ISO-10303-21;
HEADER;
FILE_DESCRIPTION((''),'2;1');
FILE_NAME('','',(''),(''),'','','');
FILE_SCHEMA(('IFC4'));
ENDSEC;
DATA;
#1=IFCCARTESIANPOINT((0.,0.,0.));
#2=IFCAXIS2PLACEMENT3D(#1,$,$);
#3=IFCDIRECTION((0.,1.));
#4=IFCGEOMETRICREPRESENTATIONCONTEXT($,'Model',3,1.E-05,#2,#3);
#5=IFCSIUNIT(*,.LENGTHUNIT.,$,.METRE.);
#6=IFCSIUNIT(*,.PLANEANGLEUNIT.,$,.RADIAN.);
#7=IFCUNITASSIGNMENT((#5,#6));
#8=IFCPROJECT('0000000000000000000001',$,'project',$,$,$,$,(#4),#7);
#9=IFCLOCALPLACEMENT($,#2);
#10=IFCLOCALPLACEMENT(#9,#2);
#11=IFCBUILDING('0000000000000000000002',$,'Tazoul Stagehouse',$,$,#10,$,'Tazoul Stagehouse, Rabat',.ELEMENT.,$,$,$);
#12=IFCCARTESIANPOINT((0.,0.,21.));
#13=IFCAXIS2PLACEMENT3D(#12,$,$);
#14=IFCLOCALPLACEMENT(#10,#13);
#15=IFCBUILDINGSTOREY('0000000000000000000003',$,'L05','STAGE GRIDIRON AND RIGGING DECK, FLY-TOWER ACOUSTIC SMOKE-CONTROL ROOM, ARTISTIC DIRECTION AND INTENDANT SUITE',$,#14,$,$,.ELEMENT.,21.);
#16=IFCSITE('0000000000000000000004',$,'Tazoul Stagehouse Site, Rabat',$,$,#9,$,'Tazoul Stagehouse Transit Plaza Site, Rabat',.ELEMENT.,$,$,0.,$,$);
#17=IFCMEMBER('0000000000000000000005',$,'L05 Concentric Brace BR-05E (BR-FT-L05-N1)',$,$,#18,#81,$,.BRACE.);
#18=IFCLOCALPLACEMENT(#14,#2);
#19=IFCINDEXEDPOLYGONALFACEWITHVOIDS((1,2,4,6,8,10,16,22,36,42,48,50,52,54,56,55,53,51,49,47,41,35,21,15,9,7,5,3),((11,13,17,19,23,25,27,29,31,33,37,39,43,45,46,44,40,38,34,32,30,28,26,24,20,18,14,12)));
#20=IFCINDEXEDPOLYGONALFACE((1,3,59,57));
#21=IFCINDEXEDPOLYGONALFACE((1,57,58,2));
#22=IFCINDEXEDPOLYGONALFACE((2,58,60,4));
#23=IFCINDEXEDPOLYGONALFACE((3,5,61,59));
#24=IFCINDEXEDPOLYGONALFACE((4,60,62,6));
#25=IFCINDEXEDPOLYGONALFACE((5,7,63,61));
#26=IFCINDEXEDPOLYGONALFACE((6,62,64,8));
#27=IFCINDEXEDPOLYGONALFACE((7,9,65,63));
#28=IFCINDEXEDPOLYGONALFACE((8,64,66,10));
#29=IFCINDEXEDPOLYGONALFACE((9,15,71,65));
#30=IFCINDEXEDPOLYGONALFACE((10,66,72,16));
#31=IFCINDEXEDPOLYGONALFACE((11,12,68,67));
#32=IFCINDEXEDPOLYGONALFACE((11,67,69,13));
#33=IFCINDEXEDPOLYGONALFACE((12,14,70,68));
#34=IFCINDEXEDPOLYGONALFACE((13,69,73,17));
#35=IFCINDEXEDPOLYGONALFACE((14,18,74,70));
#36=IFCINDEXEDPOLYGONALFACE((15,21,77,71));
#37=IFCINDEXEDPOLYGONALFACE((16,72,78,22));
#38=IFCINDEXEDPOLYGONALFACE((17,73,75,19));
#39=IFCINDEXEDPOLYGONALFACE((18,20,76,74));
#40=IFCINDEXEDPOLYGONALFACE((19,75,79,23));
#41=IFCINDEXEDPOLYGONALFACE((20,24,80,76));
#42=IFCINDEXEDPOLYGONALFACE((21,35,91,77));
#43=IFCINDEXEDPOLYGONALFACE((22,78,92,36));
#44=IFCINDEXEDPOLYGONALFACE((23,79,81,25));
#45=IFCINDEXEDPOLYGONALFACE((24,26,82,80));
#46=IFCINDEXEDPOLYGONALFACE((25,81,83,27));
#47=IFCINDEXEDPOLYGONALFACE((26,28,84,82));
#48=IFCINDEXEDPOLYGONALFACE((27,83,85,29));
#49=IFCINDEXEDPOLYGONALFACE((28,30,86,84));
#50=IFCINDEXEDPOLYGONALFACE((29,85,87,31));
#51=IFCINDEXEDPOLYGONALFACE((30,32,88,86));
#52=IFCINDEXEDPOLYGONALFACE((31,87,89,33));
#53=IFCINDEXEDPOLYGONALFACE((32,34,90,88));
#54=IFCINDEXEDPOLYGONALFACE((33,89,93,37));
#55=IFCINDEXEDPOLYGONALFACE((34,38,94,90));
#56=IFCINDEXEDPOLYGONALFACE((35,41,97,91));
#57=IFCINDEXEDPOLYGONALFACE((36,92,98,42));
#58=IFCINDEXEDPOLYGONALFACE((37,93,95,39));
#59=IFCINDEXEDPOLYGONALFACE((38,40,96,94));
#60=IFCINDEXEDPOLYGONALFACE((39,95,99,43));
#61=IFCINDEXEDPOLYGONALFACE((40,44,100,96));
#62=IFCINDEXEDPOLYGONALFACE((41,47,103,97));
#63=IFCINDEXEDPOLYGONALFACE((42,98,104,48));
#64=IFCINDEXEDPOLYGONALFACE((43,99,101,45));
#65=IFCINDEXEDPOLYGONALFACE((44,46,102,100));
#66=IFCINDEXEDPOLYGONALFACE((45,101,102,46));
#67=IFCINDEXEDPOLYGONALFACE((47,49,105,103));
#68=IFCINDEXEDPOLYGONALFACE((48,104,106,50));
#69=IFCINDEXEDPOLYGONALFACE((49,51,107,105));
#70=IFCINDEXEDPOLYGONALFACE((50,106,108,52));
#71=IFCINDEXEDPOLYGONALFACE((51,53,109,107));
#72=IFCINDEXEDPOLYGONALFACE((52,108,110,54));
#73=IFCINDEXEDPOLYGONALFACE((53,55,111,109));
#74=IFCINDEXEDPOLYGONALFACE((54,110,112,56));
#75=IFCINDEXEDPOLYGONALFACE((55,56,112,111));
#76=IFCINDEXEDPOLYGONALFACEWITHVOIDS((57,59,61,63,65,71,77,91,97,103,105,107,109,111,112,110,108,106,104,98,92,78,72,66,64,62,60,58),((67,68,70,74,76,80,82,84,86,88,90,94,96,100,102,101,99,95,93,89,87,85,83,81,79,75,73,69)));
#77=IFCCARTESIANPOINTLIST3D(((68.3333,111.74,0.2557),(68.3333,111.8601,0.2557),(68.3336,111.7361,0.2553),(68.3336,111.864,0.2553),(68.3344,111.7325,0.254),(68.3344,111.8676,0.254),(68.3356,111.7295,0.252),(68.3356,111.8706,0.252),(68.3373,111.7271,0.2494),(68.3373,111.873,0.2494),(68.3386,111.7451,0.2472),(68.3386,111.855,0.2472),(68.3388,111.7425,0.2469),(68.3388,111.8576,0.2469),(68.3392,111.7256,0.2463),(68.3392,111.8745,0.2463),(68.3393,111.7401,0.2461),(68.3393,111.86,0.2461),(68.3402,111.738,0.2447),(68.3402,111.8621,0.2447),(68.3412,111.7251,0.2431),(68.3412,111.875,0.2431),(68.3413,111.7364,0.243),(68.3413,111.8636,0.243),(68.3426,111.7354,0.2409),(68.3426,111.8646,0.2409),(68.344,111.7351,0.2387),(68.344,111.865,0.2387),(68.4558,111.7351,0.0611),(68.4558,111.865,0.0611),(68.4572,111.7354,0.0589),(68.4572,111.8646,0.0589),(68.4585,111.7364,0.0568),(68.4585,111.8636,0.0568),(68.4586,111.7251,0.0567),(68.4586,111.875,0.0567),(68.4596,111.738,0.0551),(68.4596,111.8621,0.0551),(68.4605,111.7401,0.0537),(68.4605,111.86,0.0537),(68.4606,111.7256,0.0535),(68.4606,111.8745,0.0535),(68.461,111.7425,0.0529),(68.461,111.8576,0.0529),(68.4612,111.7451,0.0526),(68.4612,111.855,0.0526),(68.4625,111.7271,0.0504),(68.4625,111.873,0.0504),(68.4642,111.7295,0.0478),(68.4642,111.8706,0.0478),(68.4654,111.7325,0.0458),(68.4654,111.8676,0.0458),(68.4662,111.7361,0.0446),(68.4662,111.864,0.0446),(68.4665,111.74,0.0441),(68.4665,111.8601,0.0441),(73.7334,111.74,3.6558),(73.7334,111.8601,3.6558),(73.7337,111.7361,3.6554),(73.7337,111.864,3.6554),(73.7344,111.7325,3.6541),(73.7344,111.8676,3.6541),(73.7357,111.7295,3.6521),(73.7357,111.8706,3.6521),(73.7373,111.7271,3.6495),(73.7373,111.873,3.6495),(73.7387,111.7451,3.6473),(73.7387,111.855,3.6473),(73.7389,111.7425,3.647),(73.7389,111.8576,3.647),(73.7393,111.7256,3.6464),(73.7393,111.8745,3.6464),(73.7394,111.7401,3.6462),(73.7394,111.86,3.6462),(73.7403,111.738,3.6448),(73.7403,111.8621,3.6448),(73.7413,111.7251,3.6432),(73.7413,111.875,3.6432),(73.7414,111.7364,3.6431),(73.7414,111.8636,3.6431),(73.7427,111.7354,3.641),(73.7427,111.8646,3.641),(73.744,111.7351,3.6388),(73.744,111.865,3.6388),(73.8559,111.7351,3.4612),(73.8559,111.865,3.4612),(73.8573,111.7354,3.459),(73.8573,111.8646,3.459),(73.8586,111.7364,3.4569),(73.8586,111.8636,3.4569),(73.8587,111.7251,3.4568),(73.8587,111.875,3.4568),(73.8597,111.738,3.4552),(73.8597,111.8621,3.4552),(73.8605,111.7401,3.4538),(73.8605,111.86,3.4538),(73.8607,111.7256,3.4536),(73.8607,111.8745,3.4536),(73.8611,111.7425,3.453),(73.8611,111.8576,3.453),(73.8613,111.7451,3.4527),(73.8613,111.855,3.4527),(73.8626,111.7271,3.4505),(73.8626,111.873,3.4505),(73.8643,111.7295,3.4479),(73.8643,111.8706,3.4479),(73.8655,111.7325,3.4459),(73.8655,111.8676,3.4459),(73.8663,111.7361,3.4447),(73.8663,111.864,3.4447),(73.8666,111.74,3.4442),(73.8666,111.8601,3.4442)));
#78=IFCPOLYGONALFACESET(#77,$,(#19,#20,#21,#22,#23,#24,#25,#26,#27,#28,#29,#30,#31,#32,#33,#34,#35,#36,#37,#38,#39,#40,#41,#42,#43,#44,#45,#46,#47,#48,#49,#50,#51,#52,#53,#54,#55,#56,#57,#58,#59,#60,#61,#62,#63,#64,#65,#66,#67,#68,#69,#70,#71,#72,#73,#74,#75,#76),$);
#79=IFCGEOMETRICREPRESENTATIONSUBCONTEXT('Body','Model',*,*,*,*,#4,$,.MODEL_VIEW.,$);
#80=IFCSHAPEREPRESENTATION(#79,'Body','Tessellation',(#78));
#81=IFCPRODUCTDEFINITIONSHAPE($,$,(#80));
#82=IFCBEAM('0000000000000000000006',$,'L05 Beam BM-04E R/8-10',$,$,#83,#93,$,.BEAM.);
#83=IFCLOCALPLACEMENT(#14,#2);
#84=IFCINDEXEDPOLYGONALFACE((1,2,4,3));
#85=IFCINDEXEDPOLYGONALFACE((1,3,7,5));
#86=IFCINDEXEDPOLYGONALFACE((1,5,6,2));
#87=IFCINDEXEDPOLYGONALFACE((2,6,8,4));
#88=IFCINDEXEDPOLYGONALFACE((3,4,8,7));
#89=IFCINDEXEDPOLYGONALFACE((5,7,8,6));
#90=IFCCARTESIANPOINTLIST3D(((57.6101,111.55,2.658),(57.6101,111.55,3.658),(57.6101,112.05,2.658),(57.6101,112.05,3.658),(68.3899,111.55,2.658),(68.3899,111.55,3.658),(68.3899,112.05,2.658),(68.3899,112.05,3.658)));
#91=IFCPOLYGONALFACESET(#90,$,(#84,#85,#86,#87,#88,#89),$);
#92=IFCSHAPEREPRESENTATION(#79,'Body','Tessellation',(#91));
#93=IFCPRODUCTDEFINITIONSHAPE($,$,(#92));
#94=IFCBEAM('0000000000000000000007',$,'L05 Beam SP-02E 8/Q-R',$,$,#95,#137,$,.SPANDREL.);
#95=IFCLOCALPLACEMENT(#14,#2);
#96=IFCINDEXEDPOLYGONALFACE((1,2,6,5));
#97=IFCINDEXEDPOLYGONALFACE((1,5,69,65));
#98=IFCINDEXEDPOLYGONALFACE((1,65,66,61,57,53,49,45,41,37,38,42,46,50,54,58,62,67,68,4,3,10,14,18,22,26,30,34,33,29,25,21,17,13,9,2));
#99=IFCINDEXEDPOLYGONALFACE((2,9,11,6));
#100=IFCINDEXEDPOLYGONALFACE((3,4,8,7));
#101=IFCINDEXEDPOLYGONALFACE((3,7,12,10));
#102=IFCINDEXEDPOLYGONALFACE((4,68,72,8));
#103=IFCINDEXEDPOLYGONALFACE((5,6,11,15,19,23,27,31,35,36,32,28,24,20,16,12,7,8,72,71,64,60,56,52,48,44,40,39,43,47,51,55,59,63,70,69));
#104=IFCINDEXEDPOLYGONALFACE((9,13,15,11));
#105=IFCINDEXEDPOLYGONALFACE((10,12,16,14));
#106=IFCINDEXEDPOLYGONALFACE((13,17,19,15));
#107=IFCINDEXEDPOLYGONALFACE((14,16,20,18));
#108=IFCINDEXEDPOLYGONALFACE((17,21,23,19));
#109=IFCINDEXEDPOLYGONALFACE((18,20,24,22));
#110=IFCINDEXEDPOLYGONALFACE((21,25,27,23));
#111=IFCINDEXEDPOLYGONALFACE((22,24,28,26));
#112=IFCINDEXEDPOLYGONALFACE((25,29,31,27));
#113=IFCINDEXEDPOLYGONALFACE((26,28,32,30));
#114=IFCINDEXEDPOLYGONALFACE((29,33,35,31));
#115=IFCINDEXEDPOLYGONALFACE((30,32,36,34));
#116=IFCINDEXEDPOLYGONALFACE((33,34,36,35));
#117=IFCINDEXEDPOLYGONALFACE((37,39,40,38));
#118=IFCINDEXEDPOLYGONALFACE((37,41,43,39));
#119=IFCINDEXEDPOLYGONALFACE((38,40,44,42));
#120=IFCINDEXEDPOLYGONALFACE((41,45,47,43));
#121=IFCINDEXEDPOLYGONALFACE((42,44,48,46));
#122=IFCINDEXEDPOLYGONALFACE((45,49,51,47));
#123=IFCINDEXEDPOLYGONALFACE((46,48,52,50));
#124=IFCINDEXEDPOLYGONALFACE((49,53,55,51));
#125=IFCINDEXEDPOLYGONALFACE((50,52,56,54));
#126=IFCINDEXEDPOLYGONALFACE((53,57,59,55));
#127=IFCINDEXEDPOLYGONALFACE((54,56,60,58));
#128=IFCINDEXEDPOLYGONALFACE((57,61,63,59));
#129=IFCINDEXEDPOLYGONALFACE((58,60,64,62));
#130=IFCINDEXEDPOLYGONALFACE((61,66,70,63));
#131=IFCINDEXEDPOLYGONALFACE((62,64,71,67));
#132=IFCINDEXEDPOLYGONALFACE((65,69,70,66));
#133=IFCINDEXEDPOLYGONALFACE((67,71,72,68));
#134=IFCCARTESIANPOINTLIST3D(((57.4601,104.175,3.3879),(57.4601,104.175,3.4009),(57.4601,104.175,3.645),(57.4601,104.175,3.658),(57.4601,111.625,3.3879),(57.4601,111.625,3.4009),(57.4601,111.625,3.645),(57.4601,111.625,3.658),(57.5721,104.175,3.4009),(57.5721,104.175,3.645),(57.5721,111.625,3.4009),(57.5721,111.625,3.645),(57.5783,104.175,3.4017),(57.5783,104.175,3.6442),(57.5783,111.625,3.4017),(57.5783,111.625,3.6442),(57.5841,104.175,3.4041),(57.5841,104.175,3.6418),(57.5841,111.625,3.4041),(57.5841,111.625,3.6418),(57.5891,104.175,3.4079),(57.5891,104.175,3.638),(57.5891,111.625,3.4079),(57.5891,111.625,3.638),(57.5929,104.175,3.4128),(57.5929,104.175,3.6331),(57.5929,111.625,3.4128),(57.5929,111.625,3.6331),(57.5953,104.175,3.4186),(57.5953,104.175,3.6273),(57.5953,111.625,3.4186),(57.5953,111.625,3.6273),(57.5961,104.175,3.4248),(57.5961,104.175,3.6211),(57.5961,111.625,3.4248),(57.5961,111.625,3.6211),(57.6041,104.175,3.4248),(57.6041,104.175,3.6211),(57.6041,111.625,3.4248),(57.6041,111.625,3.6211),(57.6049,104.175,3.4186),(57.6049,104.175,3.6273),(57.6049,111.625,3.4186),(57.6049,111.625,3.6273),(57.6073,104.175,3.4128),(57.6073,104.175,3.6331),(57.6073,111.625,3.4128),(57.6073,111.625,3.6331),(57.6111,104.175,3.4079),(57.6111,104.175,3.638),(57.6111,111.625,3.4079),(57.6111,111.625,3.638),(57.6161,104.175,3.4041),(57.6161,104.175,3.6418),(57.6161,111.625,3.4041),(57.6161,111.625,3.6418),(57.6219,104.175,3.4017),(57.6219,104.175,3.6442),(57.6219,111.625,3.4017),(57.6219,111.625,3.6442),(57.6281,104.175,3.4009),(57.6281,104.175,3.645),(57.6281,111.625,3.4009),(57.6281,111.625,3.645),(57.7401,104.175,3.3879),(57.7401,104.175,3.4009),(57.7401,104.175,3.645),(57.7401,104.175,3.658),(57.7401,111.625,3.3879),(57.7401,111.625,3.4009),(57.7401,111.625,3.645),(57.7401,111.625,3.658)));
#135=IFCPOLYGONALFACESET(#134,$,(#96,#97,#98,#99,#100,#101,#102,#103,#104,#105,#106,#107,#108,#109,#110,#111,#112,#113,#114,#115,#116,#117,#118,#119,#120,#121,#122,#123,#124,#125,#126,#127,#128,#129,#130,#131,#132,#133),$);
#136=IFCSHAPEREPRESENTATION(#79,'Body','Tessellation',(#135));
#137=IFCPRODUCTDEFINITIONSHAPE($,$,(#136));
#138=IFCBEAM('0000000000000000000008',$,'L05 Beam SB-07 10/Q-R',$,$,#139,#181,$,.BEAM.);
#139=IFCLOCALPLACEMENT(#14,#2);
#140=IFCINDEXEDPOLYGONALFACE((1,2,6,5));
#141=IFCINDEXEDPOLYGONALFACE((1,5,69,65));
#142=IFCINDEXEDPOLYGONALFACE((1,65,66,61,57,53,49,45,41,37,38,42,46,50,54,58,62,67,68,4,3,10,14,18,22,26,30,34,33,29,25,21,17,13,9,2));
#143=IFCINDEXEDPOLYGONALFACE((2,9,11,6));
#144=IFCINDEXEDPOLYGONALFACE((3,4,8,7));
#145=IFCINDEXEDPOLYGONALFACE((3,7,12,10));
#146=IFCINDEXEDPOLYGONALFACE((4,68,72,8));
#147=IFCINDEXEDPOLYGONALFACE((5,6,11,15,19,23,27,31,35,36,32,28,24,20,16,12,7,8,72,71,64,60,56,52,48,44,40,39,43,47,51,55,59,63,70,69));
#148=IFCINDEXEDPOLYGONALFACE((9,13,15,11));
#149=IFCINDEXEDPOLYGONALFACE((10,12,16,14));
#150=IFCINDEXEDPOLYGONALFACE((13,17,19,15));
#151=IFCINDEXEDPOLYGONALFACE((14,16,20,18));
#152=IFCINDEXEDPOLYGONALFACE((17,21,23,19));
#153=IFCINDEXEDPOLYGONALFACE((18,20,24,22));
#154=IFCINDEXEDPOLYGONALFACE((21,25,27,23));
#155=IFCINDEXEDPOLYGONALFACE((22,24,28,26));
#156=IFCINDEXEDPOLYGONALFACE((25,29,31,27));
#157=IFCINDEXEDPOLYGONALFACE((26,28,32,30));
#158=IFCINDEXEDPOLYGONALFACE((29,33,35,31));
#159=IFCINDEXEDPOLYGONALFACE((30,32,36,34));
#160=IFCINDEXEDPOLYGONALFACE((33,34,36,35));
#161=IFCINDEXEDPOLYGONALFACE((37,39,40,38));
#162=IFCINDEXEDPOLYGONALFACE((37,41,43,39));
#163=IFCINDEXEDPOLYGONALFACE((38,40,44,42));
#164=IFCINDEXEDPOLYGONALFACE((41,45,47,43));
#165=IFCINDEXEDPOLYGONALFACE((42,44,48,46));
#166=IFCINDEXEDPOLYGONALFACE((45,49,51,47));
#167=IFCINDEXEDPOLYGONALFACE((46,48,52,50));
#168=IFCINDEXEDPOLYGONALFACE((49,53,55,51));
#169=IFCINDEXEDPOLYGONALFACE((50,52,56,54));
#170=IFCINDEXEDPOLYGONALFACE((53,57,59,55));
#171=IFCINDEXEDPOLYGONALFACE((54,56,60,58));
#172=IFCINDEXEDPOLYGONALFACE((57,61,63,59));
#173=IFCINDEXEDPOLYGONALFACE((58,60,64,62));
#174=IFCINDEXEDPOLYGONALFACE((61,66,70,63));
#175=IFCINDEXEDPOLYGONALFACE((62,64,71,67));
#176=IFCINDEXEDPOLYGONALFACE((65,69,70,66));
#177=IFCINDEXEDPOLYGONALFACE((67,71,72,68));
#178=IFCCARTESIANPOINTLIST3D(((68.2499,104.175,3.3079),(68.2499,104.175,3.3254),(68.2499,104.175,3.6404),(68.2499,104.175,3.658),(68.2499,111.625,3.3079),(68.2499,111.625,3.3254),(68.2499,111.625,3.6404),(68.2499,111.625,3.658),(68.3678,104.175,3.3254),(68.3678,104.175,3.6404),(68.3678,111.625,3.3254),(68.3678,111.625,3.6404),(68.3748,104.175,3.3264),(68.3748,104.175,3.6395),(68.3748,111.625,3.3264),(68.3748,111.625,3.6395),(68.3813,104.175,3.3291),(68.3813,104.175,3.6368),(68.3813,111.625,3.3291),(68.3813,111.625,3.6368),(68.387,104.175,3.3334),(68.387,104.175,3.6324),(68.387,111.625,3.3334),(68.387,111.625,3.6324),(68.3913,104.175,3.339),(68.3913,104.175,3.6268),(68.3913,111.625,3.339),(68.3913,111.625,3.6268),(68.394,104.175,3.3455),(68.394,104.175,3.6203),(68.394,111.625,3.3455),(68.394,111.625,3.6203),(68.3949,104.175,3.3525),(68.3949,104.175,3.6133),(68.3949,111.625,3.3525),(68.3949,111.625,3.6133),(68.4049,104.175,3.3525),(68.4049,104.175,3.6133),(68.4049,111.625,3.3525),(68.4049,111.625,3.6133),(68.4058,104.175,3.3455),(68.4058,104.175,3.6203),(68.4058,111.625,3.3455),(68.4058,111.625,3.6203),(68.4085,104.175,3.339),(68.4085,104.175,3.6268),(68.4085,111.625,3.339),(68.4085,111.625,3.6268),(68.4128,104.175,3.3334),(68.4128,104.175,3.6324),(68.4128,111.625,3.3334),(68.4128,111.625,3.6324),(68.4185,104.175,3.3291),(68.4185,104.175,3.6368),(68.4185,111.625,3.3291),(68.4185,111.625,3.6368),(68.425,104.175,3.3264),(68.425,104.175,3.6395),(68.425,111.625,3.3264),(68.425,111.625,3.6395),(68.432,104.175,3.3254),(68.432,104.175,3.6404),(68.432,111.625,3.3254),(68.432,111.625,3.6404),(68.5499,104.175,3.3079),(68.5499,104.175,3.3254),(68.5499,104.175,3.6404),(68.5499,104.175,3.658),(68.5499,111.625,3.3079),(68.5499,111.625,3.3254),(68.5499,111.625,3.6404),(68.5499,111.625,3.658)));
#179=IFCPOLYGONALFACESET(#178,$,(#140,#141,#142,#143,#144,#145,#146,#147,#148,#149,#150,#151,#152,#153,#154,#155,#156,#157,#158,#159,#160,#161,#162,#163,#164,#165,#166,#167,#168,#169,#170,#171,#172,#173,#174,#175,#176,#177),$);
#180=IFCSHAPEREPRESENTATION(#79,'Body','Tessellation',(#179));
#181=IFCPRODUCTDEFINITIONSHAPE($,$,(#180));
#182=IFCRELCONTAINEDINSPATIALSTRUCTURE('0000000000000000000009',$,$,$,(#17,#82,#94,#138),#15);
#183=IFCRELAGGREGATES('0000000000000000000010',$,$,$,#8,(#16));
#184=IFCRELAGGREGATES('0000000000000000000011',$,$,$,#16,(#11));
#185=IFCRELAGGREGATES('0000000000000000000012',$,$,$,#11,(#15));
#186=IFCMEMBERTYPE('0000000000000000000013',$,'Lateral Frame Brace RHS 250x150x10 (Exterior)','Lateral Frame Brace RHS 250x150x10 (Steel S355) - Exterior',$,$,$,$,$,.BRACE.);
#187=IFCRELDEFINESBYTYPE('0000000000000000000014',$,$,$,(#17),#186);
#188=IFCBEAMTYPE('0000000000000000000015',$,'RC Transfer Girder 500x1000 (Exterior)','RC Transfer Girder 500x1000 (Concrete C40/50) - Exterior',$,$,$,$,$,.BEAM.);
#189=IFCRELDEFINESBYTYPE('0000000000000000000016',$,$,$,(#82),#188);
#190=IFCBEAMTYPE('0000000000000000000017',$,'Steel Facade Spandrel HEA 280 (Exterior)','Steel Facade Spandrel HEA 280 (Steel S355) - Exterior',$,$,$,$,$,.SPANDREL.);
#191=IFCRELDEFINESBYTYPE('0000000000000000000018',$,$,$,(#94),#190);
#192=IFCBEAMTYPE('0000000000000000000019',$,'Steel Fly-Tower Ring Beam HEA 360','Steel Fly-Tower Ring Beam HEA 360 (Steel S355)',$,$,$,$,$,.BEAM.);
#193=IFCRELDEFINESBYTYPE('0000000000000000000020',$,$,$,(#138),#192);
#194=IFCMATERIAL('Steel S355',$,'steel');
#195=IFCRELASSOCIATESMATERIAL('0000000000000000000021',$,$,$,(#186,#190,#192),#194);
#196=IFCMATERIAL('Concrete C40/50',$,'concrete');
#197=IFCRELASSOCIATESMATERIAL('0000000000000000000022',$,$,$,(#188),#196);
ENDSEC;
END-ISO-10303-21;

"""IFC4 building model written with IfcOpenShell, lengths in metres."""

from ifc_helpers import new_model, si_unit, direction, frame, origin, origin_2d, place, context, subcontext, project, spatial, rectangle, hollow_rectangle, i_section, extrude, material, material_profile, profile_set, type_object, element, save


model = new_model("IFC4")

# Units and contexts
model_context = context("Model", 3, precision=1e-05, world=origin(), true_north=direction((0.0, 1.0)))
body_context = subcontext(model_context, "Body", "Model", "MODEL_VIEW")
ifc_project = project(units=[si_unit("LENGTHUNIT", "METRE"), si_unit("PLANEANGLEUNIT", "RADIAN")], contexts=[model_context])

# Site, building, storey
site_placement = place(None, origin())
site = spatial("IfcSite", under=ifc_project, at=site_placement, Name="Tazoul Stagehouse Site, Rabat", LongName="Tazoul Stagehouse Transit Plaza Site, Rabat", CompositionType="ELEMENT", RefElevation=0.0)
building_placement = place(site_placement, origin())
building = spatial("IfcBuilding", under=site, at=building_placement, Name="Tazoul Stagehouse", LongName="Tazoul Stagehouse, Rabat", CompositionType="ELEMENT")
storey_placement = place(building_placement, frame((0.0, 0.0, 21.0)))
storey = spatial("IfcBuildingStorey", under=building, at=storey_placement, Name="L05", Description="STAGE GRIDIRON AND RIGGING DECK, FLY-TOWER ACOUSTIC SMOKE-CONTROL ROOM, ARTISTIC DIRECTION AND INTENDANT SUITE", CompositionType="ELEMENT", Elevation=21.0)

# Shared definitions
ifc_material_1 = material(Name="Steel S355", Category="steel")

# Member
ifc_material_profile_1 = material_profile(ifc_material_1, hollow_rectangle(XDim=0.1499, YDim=0.25, WallThickness=0.01, InnerFilletRadius=0.01, OuterFilletRadius=0.0149, at=origin_2d()), Name="RHS 250x150x10")
ifc_profile_set_1 = profile_set([ifc_material_profile_1], Name="Steel S355")
member_type = type_object("IfcMemberType", Name="Lateral Frame Brace RHS 250x150x10 (Exterior)", Description="Lateral Frame Brace RHS 250x150x10 (Steel S355) - Exterior", PredefinedType="BRACE", material=ifc_profile_set_1)
member_placement = place(storey_placement, frame((68.3999, 111.8, 0.1499), z_axis=(0.846229, 0.0, 0.532819), x_axis=(0.0, 1.0, 0.0)))
element("IfcMember", 1, at=member_placement, inside=storey, type_object=member_type, Name="L05 Concentric Brace BR-05E (BR-FT-L05-N1)", PredefinedType="BRACE", context=body_context, shape_type="SweptSolid", body=[
    extrude(hollow_rectangle(XDim=0.1499, YDim=0.25, WallThickness=0.01, InnerFilletRadius=0.01, OuterFilletRadius=0.0149, at=origin_2d()), origin(), (0.0, 0.0, 1.0), 6.3813),
])

# Beams
ifc_material_2 = material(Name="Concrete C40/50", Category="concrete")
ifc_material_profile_2 = material_profile(ifc_material_2, rectangle(XDim=0.5, YDim=1.0, at=origin_2d()), Name="RC 500x1000")
ifc_profile_set_2 = profile_set([ifc_material_profile_2], Name="Concrete C40/50")
beam_type_1 = type_object("IfcBeamType", Name="RC Transfer Girder 500x1000 (Exterior)", Description="RC Transfer Girder 500x1000 (Concrete C40/50) - Exterior", PredefinedType="BEAM", material=ifc_profile_set_2)
beam_1_placement = place(storey_placement, frame((57.6101, 111.8, 3.158), z_axis=(1.0, 0.0, 0.0), x_axis=(0.0, 1.0, 0.0)))
element("IfcBeam", 2, at=beam_1_placement, inside=storey, type_object=beam_type_1, Name="L05 Beam BM-04E R/8-10", PredefinedType="BEAM", context=body_context, shape_type="SweptSolid", body=[
    extrude(rectangle(XDim=0.5, YDim=1.0, at=origin_2d()), origin(), (0.0, 0.0, 1.0), 10.7798),
])
ifc_material_profile_3 = material_profile(ifc_material_1, i_section(OverallWidth=0.28, OverallDepth=0.27, WebThickness=0.0081, FlangeThickness=0.0129, FilletRadius=0.0239, at=origin_2d()), Name="HEA 280")
ifc_profile_set_3 = profile_set([ifc_material_profile_3], Name="Steel S355")
beam_type_2 = type_object("IfcBeamType", Name="Steel Facade Spandrel HEA 280 (Exterior)", Description="Steel Facade Spandrel HEA 280 (Steel S355) - Exterior", PredefinedType="SPANDREL", material=ifc_profile_set_3)
beam_2_placement = place(storey_placement, frame((57.6001, 104.175, 3.5229), z_axis=(0.0, 1.0, 0.0), x_axis=(-1.0, 0.0, 0.0)))
element("IfcBeam", 3, at=beam_2_placement, inside=storey, type_object=beam_type_2, Name="L05 Beam SP-02E 8/Q-R", PredefinedType="SPANDREL", context=body_context, shape_type="SweptSolid", body=[
    extrude(i_section(OverallWidth=0.28, OverallDepth=0.27, WebThickness=0.0081, FlangeThickness=0.0129, FilletRadius=0.0239, at=origin_2d()), origin(), (0.0, 0.0, 1.0), 7.45),
])
ifc_material_profile_4 = material_profile(ifc_material_1, i_section(OverallWidth=0.3, OverallDepth=0.3501, WebThickness=0.01, FlangeThickness=0.0176, FilletRadius=0.0271, at=origin_2d()), Name="HEA 360")
ifc_profile_set_4 = profile_set([ifc_material_profile_4], Name="Steel S355")
beam_type_3 = type_object("IfcBeamType", Name="Steel Fly-Tower Ring Beam HEA 360", Description="Steel Fly-Tower Ring Beam HEA 360 (Steel S355)", PredefinedType="BEAM", material=ifc_profile_set_4)
beam_3_placement = place(storey_placement, frame((68.3999, 104.175, 3.4829), z_axis=(0.0, 1.0, 0.0), x_axis=(-1.0, 0.0, 0.0)))
element("IfcBeam", 4, at=beam_3_placement, inside=storey, type_object=beam_type_3, Name="L05 Beam SB-07 10/Q-R", PredefinedType="BEAM", context=body_context, shape_type="SweptSolid", body=[
    extrude(i_section(OverallWidth=0.3, OverallDepth=0.3501, WebThickness=0.01, FlangeThickness=0.0176, FilletRadius=0.0271, at=origin_2d()), origin(), (0.0, 0.0, 1.0), 7.45),
])

save(model, "model.ifc")
